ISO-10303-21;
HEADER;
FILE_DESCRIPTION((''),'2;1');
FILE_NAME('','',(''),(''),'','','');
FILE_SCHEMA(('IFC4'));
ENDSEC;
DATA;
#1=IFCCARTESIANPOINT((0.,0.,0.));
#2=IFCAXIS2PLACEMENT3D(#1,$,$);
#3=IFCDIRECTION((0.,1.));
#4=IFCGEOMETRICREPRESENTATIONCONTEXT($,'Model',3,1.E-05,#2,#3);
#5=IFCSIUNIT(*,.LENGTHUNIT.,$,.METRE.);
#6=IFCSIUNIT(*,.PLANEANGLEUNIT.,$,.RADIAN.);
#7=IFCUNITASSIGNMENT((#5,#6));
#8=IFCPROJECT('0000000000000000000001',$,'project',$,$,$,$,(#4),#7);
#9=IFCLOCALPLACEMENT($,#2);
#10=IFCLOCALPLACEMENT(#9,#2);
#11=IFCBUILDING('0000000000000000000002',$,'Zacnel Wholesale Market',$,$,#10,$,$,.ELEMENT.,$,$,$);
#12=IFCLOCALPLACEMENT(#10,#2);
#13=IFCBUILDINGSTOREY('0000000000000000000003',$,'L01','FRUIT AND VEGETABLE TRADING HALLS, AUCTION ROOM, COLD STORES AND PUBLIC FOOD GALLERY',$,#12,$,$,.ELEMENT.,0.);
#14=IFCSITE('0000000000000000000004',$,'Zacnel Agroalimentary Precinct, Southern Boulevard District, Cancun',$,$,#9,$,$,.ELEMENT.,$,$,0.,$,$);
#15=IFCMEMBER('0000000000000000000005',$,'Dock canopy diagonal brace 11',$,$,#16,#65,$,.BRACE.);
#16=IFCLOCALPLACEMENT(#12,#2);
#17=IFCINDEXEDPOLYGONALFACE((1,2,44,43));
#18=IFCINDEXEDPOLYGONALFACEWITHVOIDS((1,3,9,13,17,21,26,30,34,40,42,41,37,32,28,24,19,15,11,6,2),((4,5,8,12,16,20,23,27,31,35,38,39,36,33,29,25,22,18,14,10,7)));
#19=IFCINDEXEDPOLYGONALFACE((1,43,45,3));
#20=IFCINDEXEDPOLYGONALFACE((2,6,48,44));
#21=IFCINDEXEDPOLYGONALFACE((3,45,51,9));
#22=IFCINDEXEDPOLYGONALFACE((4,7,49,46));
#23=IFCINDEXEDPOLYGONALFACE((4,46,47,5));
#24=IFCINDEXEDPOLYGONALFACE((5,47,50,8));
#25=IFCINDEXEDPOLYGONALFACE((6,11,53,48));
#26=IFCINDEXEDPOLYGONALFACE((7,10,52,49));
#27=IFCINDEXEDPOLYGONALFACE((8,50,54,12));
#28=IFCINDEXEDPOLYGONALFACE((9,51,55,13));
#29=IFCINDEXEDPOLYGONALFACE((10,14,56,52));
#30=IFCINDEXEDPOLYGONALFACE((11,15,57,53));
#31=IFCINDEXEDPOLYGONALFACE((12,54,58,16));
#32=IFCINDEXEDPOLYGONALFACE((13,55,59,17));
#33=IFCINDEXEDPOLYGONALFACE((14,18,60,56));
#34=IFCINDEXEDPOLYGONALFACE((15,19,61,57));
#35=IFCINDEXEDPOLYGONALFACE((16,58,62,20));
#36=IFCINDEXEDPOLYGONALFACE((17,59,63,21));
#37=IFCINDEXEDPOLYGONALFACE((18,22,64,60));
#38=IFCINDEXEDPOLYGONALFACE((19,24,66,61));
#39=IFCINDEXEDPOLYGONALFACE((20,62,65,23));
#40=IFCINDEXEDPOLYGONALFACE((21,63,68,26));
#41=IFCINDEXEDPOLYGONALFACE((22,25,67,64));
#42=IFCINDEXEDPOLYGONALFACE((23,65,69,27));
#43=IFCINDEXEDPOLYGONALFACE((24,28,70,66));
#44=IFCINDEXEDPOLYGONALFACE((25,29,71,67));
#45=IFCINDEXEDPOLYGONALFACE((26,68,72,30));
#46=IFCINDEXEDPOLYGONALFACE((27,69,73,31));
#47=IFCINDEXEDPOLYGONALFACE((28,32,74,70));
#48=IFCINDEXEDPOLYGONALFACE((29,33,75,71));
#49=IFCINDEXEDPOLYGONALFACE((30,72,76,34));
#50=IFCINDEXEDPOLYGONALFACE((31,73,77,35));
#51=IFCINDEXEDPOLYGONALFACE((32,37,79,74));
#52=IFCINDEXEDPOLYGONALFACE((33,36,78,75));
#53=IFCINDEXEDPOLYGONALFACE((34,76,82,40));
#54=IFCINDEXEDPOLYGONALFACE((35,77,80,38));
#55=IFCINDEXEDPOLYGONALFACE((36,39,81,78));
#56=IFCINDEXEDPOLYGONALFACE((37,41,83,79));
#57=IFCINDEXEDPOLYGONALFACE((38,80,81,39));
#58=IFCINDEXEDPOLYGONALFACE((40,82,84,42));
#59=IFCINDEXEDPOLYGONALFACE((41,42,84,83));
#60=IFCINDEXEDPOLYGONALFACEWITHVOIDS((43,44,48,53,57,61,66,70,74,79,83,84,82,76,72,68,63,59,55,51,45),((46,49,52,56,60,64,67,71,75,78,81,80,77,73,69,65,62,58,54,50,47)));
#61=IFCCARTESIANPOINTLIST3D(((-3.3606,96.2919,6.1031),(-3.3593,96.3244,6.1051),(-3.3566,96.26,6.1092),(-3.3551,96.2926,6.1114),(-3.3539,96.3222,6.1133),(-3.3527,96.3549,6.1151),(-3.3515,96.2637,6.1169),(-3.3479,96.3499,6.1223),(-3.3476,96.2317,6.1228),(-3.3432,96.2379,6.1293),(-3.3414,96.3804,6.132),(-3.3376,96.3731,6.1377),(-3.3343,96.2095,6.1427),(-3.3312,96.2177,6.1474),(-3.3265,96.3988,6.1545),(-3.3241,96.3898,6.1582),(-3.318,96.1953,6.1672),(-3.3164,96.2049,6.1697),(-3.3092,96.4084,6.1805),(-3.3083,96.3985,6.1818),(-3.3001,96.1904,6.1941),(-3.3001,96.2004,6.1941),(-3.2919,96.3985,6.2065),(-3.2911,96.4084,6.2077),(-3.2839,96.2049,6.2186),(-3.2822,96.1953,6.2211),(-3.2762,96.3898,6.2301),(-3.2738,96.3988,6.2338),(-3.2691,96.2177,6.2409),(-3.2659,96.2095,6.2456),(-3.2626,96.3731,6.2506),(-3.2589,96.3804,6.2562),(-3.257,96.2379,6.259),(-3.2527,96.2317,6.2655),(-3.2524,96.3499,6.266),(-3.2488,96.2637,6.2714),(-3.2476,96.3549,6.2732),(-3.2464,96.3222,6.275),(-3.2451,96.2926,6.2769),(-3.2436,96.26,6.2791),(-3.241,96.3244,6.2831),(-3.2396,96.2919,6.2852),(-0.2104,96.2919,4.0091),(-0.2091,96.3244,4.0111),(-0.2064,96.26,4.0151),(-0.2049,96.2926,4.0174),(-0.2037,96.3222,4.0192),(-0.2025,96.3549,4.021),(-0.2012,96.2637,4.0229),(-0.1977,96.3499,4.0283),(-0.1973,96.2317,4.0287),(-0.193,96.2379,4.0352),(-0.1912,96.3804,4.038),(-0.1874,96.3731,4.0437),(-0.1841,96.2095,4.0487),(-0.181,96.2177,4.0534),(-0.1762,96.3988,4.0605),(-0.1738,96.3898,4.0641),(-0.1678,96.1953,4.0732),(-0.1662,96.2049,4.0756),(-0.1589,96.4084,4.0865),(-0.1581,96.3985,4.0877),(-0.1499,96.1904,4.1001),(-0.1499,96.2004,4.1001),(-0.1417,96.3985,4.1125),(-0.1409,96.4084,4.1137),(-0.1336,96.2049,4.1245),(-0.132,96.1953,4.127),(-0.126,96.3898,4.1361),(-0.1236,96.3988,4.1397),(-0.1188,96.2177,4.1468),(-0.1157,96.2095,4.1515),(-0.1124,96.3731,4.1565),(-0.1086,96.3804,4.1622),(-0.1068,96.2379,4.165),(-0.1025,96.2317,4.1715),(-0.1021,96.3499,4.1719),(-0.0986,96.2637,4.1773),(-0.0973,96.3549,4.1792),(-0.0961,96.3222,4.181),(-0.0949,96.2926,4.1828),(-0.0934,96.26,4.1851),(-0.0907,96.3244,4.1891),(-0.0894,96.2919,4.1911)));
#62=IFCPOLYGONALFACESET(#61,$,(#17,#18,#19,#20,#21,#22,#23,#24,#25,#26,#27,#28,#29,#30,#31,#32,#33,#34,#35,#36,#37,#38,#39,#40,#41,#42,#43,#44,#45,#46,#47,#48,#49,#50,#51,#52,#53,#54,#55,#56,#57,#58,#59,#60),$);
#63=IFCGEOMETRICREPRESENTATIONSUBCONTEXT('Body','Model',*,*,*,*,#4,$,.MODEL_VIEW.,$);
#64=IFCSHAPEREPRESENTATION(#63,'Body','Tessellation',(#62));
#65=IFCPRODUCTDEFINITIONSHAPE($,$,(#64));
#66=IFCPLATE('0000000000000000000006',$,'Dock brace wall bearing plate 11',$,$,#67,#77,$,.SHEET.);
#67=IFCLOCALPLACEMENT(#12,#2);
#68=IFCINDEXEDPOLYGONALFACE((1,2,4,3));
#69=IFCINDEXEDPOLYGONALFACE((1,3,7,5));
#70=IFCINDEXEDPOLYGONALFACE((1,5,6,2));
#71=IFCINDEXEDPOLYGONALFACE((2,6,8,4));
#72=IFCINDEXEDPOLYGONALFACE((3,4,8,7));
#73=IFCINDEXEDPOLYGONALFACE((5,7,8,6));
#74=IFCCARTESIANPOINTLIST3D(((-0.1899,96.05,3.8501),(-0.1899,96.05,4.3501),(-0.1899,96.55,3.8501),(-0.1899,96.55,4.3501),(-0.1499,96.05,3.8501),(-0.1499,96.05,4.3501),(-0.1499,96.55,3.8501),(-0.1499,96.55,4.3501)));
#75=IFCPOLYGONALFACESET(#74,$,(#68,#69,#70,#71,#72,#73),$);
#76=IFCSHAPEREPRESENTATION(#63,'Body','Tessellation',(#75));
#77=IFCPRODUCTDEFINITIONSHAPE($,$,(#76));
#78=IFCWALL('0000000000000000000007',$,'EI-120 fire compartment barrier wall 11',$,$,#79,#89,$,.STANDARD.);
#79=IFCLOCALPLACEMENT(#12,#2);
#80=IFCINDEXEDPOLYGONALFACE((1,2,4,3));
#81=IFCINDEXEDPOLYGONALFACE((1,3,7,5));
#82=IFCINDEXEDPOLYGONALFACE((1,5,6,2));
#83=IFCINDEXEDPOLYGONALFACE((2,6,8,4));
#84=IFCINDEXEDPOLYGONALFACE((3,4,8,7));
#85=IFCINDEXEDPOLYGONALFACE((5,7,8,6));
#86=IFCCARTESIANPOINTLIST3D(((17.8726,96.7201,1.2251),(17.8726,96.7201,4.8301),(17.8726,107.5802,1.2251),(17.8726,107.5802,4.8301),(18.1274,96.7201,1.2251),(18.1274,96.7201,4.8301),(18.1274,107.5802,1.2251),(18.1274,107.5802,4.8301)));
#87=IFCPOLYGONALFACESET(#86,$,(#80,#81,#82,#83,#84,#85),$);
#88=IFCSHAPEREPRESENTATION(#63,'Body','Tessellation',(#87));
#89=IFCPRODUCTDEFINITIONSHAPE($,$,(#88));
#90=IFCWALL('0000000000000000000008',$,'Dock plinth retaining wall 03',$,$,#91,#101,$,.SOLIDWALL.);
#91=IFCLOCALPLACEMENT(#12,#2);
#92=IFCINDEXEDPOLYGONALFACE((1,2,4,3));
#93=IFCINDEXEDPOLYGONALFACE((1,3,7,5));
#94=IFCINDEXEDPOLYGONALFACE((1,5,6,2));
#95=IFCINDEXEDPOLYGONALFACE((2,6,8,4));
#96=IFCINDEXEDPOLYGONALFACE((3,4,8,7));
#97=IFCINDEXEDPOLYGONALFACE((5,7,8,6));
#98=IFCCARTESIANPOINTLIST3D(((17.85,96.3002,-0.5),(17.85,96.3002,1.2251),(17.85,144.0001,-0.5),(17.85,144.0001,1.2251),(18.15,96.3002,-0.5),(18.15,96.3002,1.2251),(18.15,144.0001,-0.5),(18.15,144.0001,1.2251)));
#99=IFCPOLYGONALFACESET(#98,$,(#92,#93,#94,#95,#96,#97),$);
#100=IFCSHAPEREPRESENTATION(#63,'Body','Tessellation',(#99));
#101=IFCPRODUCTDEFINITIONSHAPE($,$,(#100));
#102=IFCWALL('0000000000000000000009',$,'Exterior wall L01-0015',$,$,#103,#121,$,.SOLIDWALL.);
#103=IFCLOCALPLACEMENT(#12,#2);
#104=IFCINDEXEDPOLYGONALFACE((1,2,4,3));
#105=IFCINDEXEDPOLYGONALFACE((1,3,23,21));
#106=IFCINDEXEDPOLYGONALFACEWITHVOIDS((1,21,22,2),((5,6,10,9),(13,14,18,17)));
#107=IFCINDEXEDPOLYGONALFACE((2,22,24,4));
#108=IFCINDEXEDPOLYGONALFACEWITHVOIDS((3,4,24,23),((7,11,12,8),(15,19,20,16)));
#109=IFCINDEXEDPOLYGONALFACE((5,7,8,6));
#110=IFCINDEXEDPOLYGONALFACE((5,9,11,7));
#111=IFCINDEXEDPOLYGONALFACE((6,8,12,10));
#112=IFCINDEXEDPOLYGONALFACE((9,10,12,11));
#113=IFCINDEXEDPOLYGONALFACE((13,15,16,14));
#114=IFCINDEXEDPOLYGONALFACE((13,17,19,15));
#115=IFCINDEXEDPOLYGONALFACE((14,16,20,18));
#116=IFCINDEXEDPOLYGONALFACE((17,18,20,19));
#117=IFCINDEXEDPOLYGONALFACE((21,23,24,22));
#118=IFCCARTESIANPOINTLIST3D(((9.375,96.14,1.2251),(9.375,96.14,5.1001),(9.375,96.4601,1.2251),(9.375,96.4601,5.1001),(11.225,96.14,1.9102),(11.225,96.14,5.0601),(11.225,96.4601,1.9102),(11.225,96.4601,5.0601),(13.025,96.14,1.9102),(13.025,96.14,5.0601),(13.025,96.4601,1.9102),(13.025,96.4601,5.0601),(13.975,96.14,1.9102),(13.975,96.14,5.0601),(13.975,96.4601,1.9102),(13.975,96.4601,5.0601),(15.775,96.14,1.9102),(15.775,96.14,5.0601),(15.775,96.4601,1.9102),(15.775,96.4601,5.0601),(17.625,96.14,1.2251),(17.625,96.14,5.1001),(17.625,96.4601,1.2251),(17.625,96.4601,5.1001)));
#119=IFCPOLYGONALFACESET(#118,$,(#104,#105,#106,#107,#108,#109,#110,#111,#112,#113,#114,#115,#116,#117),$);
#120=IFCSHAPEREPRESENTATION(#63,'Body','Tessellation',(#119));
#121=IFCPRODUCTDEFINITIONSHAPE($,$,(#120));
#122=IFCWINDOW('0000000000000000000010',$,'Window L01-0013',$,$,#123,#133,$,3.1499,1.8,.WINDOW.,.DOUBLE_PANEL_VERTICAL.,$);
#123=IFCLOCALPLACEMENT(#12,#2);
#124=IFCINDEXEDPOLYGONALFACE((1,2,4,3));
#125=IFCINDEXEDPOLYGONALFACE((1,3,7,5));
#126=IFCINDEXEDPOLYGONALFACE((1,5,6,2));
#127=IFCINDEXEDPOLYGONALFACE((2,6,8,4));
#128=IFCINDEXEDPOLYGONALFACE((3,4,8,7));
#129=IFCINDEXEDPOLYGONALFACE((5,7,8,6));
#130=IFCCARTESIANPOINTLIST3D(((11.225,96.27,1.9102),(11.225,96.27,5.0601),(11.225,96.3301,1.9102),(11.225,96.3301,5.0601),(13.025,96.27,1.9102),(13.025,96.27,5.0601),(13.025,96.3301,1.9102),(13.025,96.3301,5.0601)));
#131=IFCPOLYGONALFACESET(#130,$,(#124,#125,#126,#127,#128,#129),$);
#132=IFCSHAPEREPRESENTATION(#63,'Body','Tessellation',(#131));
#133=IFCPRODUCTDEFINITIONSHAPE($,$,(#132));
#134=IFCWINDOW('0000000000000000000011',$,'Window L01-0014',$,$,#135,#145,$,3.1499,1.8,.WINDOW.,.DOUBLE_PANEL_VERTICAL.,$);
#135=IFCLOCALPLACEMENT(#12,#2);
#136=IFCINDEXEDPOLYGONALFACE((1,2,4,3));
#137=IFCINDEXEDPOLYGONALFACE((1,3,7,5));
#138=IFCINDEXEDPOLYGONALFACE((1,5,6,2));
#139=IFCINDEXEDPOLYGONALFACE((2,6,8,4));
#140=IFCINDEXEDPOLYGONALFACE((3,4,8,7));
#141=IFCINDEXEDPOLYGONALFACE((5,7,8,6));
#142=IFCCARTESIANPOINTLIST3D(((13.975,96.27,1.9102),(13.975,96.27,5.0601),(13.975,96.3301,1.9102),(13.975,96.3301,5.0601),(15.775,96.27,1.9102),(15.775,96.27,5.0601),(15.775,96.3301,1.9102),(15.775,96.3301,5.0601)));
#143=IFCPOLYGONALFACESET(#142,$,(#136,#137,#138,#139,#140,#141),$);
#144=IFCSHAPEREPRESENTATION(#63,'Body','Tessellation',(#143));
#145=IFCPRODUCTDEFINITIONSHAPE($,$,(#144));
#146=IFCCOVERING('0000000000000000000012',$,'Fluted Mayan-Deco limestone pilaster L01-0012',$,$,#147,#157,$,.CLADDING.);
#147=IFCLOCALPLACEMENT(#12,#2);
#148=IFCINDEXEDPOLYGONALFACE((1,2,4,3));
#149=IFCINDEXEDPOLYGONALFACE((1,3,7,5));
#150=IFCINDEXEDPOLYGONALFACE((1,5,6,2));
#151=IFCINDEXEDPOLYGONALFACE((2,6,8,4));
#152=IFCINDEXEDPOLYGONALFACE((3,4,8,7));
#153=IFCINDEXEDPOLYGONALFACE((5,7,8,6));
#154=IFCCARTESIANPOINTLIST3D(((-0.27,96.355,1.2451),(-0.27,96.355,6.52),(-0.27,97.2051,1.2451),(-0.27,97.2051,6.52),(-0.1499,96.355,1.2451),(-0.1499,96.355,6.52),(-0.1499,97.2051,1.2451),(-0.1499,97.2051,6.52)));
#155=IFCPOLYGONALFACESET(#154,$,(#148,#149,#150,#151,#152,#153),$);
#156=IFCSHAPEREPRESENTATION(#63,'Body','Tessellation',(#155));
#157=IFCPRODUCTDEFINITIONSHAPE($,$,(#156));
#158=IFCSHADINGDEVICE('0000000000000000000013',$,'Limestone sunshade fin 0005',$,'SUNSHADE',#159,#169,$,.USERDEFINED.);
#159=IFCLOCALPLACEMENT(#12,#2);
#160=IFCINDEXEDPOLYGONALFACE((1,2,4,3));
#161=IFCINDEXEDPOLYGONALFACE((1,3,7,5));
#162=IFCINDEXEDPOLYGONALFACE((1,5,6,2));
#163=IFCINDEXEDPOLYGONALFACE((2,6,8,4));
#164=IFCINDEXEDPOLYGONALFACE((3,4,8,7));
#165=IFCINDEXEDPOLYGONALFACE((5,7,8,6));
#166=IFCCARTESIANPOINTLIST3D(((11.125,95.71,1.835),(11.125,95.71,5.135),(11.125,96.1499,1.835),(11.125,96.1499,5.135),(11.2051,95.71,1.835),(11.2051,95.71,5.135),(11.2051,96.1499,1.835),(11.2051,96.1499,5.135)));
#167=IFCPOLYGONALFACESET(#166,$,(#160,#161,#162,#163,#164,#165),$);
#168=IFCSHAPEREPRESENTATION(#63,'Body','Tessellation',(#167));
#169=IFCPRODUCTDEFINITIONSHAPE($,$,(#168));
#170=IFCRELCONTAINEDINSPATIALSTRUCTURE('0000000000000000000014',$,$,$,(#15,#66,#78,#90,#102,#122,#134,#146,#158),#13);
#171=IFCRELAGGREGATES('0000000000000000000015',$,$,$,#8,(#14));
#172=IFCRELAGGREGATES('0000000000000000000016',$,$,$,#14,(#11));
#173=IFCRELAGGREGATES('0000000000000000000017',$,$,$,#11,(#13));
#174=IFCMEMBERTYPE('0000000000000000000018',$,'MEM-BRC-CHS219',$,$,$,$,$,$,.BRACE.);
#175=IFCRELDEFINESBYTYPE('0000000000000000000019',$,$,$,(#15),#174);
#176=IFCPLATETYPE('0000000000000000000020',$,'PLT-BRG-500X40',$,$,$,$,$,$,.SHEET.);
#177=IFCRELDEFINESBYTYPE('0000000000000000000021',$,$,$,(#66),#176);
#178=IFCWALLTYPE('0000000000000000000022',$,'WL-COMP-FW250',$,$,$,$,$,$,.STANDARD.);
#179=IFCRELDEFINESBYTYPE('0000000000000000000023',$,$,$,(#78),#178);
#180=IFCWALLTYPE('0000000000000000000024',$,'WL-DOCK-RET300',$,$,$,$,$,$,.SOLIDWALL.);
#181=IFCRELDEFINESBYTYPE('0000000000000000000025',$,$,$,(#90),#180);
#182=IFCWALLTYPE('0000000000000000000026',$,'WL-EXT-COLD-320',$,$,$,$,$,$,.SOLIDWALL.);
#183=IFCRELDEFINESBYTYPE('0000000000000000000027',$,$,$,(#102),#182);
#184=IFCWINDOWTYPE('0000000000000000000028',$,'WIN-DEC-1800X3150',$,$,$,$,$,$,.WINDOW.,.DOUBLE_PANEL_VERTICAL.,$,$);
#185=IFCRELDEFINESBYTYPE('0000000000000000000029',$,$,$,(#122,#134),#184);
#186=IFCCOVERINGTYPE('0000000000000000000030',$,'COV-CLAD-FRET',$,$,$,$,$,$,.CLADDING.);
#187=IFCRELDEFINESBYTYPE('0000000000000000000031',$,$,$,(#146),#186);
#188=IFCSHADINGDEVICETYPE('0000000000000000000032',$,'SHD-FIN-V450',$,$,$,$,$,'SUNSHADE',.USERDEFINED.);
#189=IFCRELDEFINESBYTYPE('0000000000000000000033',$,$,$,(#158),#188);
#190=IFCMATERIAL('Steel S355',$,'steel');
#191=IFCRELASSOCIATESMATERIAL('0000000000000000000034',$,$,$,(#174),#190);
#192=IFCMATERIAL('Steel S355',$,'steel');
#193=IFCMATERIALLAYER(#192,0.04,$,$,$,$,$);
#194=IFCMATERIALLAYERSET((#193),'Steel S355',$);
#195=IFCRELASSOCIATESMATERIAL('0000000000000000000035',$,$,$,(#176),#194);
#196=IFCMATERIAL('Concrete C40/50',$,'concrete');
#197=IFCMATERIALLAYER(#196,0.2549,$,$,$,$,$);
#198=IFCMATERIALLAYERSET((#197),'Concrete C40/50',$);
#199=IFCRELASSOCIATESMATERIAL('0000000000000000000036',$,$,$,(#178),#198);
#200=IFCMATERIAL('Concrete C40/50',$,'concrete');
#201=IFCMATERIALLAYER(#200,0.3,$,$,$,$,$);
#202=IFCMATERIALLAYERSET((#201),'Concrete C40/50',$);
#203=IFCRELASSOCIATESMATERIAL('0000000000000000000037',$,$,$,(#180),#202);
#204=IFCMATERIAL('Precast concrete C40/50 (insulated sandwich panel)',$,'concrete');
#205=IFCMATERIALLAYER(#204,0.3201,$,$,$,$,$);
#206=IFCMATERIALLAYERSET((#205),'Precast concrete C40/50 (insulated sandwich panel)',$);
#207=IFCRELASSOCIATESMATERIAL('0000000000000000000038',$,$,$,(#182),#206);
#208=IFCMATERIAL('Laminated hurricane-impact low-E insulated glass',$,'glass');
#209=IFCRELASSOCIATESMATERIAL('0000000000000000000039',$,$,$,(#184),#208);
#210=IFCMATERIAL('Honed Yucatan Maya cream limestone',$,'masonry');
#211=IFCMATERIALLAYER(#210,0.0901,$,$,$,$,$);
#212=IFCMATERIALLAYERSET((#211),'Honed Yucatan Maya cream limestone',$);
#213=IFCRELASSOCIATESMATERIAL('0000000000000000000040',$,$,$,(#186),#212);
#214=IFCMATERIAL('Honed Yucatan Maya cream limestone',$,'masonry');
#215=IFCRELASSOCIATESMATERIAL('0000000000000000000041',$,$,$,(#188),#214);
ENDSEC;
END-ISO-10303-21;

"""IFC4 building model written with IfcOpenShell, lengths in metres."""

from ifc_helpers import new_model, si_unit, direction, frame, frame_2d, origin, origin_2d, place, context, subcontext, project, spatial, rectangle, hollow_circle, extrude, material, layer, layer_set, material_profile, profile_set, type_object, element, fill, save


model = new_model("IFC4")

# Units and contexts
model_context = context("Model", 3, precision=1e-05, world=origin(), true_north=direction((0.0, 1.0)))
body_context = subcontext(model_context, "Body", "Model", "MODEL_VIEW")
ifc_project = project(units=[si_unit("LENGTHUNIT", "METRE"), si_unit("PLANEANGLEUNIT", "RADIAN")], contexts=[model_context])

# Site, building, storey
site_placement = place(None, origin())
site = spatial("IfcSite", under=ifc_project, at=site_placement, Name="Zacnel Agroalimentary Precinct, Southern Boulevard District, Cancun", CompositionType="ELEMENT", RefElevation=0.0)
building_placement = place(site_placement, origin())
building = spatial("IfcBuilding", under=site, at=building_placement, Name="Zacnel Wholesale Market", CompositionType="ELEMENT")
storey_placement = place(building_placement, origin())
storey = spatial("IfcBuildingStorey", under=building, at=storey_placement, Name="L01", Description="FRUIT AND VEGETABLE TRADING HALLS, AUCTION ROOM, COLD STORES AND PUBLIC FOOD GALLERY", CompositionType="ELEMENT", Elevation=0.0)

# Member
ifc_material_1 = material(Name="Steel S355", Category="steel")
ifc_material_profile_1 = material_profile(ifc_material_1, hollow_circle(Radius=0.1096, WallThickness=0.01, at=origin_2d()), Name="CHS 219.1x10")
ifc_profile_set_1 = profile_set([ifc_material_profile_1], Name="Steel S355")
member_type = type_object("IfcMemberType", Name="MEM-BRC-CHS219", PredefinedType="BRACE", material=ifc_profile_set_1)
member_placement = place(storey_placement, frame((-0.1499, 96.3, 4.1001), z_axis=(-0.832794, 0.0, 0.553583), x_axis=(0.0, -1.0, 0.0)))
element("IfcMember", 1, at=member_placement, inside=storey, type_object=member_type, Name="Dock canopy diagonal brace 11", PredefinedType="BRACE", context=body_context, shape_type="SweptSolid", body=[
    extrude(hollow_circle(Radius=0.1096, WallThickness=0.01, at=origin_2d()), origin(), (0.0, 0.0, 1.0), 3.7827),
])

# Plate
ifc_material_2 = material(Name="Steel S355", Category="steel")
ifc_layer_1 = layer(ifc_material_2, 0.04)
ifc_layer_set_1 = layer_set([ifc_layer_1], Name="Steel S355")
plate_type = type_object("IfcPlateType", Name="PLT-BRG-500X40", PredefinedType="SHEET", material=ifc_layer_set_1)
plate_placement = place(storey_placement, frame((-0.1699, 96.3, 3.8501), z_axis=(0.0, 0.0, 1.0), x_axis=(1.0, 0.0, 0.0)))
element("IfcPlate", 2, at=plate_placement, inside=storey, type_object=plate_type, Name="Dock brace wall bearing plate 11", PredefinedType="SHEET", context=body_context, shape_type="SweptSolid", body=[
    extrude(rectangle(XDim=0.04, YDim=0.5, at=origin_2d()), origin(), (0.0, 0.0, 1.0), 0.5),
])

# Walls
ifc_material_3 = material(Name="Concrete C40/50", Category="concrete")
ifc_layer_2 = layer(ifc_material_3, 0.2549)
ifc_layer_set_2 = layer_set([ifc_layer_2], Name="Concrete C40/50")
wall_type_1 = type_object("IfcWallType", Name="WL-COMP-FW250", PredefinedType="STANDARD", material=ifc_layer_set_2)
wall_1_placement = place(storey_placement, frame((18.0, 96.72, 1.2251), z_axis=(0.0, 0.0, 1.0), x_axis=(0.0, 1.0, 0.0)))
element("IfcWall", 3, at=wall_1_placement, inside=storey, type_object=wall_type_1, Name="EI-120 fire compartment barrier wall 11", PredefinedType="STANDARD", context=body_context, shape_type="SweptSolid", body=[
    extrude(rectangle(XDim=10.8601, YDim=0.2549, at=frame_2d((5.4302, 0.0))), origin(), (0.0, 0.0, 1.0), 3.605),
])
ifc_material_4 = material(Name="Concrete C40/50", Category="concrete")
ifc_layer_3 = layer(ifc_material_4, 0.3)
ifc_layer_set_3 = layer_set([ifc_layer_3], Name="Concrete C40/50")
wall_type_2 = type_object("IfcWallType", Name="WL-DOCK-RET300", PredefinedType="SOLIDWALL", material=ifc_layer_set_3)
wall_2_placement = place(storey_placement, frame((18.0, 96.3, -0.5), z_axis=(0.0, 0.0, 1.0), x_axis=(0.0, 1.0, 0.0)))
element("IfcWall", 4, at=wall_2_placement, inside=storey, type_object=wall_type_2, Name="Dock plinth retaining wall 03", PredefinedType="SOLIDWALL", context=body_context, shape_type="SweptSolid", body=[
    extrude(rectangle(XDim=47.7, YDim=0.3, at=frame_2d((23.8501, 0.0))), origin(), (0.0, 0.0, 1.0), 1.7251),
])

# Wall, openings, windows
ifc_material_5 = material(Name="Precast concrete C40/50 (insulated sandwich panel)", Category="concrete")
ifc_layer_4 = layer(ifc_material_5, 0.3201)
ifc_layer_set_4 = layer_set([ifc_layer_4], Name="Precast concrete C40/50 (insulated sandwich panel)")
wall_type_3 = type_object("IfcWallType", Name="WL-EXT-COLD-320", PredefinedType="SOLIDWALL", material=ifc_layer_set_4)
wall_3_placement = place(storey_placement, frame((9.375, 96.3, 1.2251), z_axis=(0.0, 0.0, 1.0), x_axis=(1.0, 0.0, 0.0)))
wall_3 = element("IfcWall", 5, at=wall_3_placement, inside=storey, type_object=wall_type_3, Name="Exterior wall L01-0015", PredefinedType="SOLIDWALL", context=body_context, shape_type="SweptSolid", body=[
    extrude(rectangle(XDim=8.25, YDim=0.3201, at=frame_2d((4.125, 0.0))), origin(), (0.0, 0.0, 1.0), 3.875),
])
opening_1_placement = place(wall_3_placement, frame((1.8501, 0.0, 0.6851)))
opening_1 = element("IfcOpeningElement", 6, at=opening_1_placement, cuts=wall_3, PredefinedType="OPENING", context=body_context, shape_type="SweptSolid", body=[
    extrude(rectangle(XDim=1.8, YDim=3.1499, at=frame_2d((0.8999, 1.575))), frame((0.0, 0.1699, 0.0), z_axis=(0.0, -1.0, 0.0), x_axis=(1.0, 0.0, 0.0)), (0.0, 0.0, 1.0), 0.3401),
])
opening_2_placement = place(wall_3_placement, frame((4.6001, 0.0, 0.6851)))
opening_2 = element("IfcOpeningElement", 7, at=opening_2_placement, cuts=wall_3, PredefinedType="OPENING", context=body_context, shape_type="SweptSolid", body=[
    extrude(rectangle(XDim=1.8, YDim=3.1499, at=frame_2d((0.8999, 1.575))), frame((0.0, 0.1699, 0.0), z_axis=(0.0, -1.0, 0.0), x_axis=(1.0, 0.0, 0.0)), (0.0, 0.0, 1.0), 0.3401),
])
ifc_material_6 = material(Name="Laminated hurricane-impact low-E insulated glass", Category="glass")
window_type = type_object("IfcWindowType", Name="WIN-DEC-1800X3150", PartitioningType="DOUBLE_PANEL_VERTICAL", PredefinedType="WINDOW", material=ifc_material_6)
window_1_placement = place(opening_1_placement, origin())
window_1 = element("IfcWindow", 8, at=window_1_placement, inside=storey, type_object=window_type, Name="Window L01-0013", OverallHeight=3.1499, OverallWidth=1.8, PartitioningType="DOUBLE_PANEL_VERTICAL", PredefinedType="WINDOW", context=body_context, shape_type="SweptSolid", body=[
    extrude(rectangle(XDim=1.8, YDim=3.1499, at=frame_2d((0.8999, 1.575))), frame((0.0, 0.03, 0.0), z_axis=(0.0, -1.0, 0.0), x_axis=(1.0, 0.0, 0.0)), (0.0, 0.0, 1.0), 0.0601),
])
fill(opening_1, window_1)
window_2_placement = place(opening_2_placement, origin())
window_2 = element("IfcWindow", 9, at=window_2_placement, inside=storey, type_object=window_type, Name="Window L01-0014", OverallHeight=3.1499, OverallWidth=1.8, PartitioningType="DOUBLE_PANEL_VERTICAL", PredefinedType="WINDOW", context=body_context, shape_type="SweptSolid", body=[
    extrude(rectangle(XDim=1.8, YDim=3.1499, at=frame_2d((0.8999, 1.575))), frame((0.0, 0.03, 0.0), z_axis=(0.0, -1.0, 0.0), x_axis=(1.0, 0.0, 0.0)), (0.0, 0.0, 1.0), 0.0601),
])
fill(opening_2, window_2)

# Covering
ifc_material_7 = material(Name="Honed Yucatan Maya cream limestone", Category="masonry")
ifc_layer_5 = layer(ifc_material_7, 0.0901)
ifc_layer_set_5 = layer_set([ifc_layer_5], Name="Honed Yucatan Maya cream limestone")
covering_type = type_object("IfcCoveringType", Name="COV-CLAD-FRET", PredefinedType="CLADDING", material=ifc_layer_set_5)
covering_placement = place(storey_placement, frame((-0.21, 96.78, 1.2451), z_axis=(0.0, 0.0, 1.0), x_axis=(0.0, 1.0, 0.0)))
element("IfcCovering", 10, at=covering_placement, inside=storey, type_object=covering_type, Name="Fluted Mayan-Deco limestone pilaster L01-0012", PredefinedType="CLADDING", context=body_context, shape_type="SweptSolid", body=[
    extrude(rectangle(XDim=0.8501, YDim=0.1201, at=origin_2d()), origin(), (0.0, 0.0, 1.0), 5.2749),
])

# Shading device
ifc_material_8 = material(Name="Honed Yucatan Maya cream limestone", Category="masonry")
shading_device_type = type_object("IfcShadingDeviceType", Name="SHD-FIN-V450", ElementType="SUNSHADE", PredefinedType="USERDEFINED", material=ifc_material_8)
for number, where, z_axis, x_axis, name in (
    (11, (11.165, 95.9299, 1.835), (0.0, 0.0, 1.0), (1.0, 0.0, 0.0), "Limestone sunshade fin 0005"),
):
    element("IfcShadingDevice", number, at=place(storey_placement, frame(where, z_axis=z_axis, x_axis=x_axis)), inside=storey, type_object=shading_device_type, Name=name, ObjectType="SUNSHADE", PredefinedType="USERDEFINED", context=body_context, shape_type="SweptSolid", body=[
        extrude(rectangle(XDim=0.0801, YDim=0.4399, at=origin_2d()), origin(), (0.0, 0.0, 1.0), 3.3),
    ])

save(model, "model.ifc")
